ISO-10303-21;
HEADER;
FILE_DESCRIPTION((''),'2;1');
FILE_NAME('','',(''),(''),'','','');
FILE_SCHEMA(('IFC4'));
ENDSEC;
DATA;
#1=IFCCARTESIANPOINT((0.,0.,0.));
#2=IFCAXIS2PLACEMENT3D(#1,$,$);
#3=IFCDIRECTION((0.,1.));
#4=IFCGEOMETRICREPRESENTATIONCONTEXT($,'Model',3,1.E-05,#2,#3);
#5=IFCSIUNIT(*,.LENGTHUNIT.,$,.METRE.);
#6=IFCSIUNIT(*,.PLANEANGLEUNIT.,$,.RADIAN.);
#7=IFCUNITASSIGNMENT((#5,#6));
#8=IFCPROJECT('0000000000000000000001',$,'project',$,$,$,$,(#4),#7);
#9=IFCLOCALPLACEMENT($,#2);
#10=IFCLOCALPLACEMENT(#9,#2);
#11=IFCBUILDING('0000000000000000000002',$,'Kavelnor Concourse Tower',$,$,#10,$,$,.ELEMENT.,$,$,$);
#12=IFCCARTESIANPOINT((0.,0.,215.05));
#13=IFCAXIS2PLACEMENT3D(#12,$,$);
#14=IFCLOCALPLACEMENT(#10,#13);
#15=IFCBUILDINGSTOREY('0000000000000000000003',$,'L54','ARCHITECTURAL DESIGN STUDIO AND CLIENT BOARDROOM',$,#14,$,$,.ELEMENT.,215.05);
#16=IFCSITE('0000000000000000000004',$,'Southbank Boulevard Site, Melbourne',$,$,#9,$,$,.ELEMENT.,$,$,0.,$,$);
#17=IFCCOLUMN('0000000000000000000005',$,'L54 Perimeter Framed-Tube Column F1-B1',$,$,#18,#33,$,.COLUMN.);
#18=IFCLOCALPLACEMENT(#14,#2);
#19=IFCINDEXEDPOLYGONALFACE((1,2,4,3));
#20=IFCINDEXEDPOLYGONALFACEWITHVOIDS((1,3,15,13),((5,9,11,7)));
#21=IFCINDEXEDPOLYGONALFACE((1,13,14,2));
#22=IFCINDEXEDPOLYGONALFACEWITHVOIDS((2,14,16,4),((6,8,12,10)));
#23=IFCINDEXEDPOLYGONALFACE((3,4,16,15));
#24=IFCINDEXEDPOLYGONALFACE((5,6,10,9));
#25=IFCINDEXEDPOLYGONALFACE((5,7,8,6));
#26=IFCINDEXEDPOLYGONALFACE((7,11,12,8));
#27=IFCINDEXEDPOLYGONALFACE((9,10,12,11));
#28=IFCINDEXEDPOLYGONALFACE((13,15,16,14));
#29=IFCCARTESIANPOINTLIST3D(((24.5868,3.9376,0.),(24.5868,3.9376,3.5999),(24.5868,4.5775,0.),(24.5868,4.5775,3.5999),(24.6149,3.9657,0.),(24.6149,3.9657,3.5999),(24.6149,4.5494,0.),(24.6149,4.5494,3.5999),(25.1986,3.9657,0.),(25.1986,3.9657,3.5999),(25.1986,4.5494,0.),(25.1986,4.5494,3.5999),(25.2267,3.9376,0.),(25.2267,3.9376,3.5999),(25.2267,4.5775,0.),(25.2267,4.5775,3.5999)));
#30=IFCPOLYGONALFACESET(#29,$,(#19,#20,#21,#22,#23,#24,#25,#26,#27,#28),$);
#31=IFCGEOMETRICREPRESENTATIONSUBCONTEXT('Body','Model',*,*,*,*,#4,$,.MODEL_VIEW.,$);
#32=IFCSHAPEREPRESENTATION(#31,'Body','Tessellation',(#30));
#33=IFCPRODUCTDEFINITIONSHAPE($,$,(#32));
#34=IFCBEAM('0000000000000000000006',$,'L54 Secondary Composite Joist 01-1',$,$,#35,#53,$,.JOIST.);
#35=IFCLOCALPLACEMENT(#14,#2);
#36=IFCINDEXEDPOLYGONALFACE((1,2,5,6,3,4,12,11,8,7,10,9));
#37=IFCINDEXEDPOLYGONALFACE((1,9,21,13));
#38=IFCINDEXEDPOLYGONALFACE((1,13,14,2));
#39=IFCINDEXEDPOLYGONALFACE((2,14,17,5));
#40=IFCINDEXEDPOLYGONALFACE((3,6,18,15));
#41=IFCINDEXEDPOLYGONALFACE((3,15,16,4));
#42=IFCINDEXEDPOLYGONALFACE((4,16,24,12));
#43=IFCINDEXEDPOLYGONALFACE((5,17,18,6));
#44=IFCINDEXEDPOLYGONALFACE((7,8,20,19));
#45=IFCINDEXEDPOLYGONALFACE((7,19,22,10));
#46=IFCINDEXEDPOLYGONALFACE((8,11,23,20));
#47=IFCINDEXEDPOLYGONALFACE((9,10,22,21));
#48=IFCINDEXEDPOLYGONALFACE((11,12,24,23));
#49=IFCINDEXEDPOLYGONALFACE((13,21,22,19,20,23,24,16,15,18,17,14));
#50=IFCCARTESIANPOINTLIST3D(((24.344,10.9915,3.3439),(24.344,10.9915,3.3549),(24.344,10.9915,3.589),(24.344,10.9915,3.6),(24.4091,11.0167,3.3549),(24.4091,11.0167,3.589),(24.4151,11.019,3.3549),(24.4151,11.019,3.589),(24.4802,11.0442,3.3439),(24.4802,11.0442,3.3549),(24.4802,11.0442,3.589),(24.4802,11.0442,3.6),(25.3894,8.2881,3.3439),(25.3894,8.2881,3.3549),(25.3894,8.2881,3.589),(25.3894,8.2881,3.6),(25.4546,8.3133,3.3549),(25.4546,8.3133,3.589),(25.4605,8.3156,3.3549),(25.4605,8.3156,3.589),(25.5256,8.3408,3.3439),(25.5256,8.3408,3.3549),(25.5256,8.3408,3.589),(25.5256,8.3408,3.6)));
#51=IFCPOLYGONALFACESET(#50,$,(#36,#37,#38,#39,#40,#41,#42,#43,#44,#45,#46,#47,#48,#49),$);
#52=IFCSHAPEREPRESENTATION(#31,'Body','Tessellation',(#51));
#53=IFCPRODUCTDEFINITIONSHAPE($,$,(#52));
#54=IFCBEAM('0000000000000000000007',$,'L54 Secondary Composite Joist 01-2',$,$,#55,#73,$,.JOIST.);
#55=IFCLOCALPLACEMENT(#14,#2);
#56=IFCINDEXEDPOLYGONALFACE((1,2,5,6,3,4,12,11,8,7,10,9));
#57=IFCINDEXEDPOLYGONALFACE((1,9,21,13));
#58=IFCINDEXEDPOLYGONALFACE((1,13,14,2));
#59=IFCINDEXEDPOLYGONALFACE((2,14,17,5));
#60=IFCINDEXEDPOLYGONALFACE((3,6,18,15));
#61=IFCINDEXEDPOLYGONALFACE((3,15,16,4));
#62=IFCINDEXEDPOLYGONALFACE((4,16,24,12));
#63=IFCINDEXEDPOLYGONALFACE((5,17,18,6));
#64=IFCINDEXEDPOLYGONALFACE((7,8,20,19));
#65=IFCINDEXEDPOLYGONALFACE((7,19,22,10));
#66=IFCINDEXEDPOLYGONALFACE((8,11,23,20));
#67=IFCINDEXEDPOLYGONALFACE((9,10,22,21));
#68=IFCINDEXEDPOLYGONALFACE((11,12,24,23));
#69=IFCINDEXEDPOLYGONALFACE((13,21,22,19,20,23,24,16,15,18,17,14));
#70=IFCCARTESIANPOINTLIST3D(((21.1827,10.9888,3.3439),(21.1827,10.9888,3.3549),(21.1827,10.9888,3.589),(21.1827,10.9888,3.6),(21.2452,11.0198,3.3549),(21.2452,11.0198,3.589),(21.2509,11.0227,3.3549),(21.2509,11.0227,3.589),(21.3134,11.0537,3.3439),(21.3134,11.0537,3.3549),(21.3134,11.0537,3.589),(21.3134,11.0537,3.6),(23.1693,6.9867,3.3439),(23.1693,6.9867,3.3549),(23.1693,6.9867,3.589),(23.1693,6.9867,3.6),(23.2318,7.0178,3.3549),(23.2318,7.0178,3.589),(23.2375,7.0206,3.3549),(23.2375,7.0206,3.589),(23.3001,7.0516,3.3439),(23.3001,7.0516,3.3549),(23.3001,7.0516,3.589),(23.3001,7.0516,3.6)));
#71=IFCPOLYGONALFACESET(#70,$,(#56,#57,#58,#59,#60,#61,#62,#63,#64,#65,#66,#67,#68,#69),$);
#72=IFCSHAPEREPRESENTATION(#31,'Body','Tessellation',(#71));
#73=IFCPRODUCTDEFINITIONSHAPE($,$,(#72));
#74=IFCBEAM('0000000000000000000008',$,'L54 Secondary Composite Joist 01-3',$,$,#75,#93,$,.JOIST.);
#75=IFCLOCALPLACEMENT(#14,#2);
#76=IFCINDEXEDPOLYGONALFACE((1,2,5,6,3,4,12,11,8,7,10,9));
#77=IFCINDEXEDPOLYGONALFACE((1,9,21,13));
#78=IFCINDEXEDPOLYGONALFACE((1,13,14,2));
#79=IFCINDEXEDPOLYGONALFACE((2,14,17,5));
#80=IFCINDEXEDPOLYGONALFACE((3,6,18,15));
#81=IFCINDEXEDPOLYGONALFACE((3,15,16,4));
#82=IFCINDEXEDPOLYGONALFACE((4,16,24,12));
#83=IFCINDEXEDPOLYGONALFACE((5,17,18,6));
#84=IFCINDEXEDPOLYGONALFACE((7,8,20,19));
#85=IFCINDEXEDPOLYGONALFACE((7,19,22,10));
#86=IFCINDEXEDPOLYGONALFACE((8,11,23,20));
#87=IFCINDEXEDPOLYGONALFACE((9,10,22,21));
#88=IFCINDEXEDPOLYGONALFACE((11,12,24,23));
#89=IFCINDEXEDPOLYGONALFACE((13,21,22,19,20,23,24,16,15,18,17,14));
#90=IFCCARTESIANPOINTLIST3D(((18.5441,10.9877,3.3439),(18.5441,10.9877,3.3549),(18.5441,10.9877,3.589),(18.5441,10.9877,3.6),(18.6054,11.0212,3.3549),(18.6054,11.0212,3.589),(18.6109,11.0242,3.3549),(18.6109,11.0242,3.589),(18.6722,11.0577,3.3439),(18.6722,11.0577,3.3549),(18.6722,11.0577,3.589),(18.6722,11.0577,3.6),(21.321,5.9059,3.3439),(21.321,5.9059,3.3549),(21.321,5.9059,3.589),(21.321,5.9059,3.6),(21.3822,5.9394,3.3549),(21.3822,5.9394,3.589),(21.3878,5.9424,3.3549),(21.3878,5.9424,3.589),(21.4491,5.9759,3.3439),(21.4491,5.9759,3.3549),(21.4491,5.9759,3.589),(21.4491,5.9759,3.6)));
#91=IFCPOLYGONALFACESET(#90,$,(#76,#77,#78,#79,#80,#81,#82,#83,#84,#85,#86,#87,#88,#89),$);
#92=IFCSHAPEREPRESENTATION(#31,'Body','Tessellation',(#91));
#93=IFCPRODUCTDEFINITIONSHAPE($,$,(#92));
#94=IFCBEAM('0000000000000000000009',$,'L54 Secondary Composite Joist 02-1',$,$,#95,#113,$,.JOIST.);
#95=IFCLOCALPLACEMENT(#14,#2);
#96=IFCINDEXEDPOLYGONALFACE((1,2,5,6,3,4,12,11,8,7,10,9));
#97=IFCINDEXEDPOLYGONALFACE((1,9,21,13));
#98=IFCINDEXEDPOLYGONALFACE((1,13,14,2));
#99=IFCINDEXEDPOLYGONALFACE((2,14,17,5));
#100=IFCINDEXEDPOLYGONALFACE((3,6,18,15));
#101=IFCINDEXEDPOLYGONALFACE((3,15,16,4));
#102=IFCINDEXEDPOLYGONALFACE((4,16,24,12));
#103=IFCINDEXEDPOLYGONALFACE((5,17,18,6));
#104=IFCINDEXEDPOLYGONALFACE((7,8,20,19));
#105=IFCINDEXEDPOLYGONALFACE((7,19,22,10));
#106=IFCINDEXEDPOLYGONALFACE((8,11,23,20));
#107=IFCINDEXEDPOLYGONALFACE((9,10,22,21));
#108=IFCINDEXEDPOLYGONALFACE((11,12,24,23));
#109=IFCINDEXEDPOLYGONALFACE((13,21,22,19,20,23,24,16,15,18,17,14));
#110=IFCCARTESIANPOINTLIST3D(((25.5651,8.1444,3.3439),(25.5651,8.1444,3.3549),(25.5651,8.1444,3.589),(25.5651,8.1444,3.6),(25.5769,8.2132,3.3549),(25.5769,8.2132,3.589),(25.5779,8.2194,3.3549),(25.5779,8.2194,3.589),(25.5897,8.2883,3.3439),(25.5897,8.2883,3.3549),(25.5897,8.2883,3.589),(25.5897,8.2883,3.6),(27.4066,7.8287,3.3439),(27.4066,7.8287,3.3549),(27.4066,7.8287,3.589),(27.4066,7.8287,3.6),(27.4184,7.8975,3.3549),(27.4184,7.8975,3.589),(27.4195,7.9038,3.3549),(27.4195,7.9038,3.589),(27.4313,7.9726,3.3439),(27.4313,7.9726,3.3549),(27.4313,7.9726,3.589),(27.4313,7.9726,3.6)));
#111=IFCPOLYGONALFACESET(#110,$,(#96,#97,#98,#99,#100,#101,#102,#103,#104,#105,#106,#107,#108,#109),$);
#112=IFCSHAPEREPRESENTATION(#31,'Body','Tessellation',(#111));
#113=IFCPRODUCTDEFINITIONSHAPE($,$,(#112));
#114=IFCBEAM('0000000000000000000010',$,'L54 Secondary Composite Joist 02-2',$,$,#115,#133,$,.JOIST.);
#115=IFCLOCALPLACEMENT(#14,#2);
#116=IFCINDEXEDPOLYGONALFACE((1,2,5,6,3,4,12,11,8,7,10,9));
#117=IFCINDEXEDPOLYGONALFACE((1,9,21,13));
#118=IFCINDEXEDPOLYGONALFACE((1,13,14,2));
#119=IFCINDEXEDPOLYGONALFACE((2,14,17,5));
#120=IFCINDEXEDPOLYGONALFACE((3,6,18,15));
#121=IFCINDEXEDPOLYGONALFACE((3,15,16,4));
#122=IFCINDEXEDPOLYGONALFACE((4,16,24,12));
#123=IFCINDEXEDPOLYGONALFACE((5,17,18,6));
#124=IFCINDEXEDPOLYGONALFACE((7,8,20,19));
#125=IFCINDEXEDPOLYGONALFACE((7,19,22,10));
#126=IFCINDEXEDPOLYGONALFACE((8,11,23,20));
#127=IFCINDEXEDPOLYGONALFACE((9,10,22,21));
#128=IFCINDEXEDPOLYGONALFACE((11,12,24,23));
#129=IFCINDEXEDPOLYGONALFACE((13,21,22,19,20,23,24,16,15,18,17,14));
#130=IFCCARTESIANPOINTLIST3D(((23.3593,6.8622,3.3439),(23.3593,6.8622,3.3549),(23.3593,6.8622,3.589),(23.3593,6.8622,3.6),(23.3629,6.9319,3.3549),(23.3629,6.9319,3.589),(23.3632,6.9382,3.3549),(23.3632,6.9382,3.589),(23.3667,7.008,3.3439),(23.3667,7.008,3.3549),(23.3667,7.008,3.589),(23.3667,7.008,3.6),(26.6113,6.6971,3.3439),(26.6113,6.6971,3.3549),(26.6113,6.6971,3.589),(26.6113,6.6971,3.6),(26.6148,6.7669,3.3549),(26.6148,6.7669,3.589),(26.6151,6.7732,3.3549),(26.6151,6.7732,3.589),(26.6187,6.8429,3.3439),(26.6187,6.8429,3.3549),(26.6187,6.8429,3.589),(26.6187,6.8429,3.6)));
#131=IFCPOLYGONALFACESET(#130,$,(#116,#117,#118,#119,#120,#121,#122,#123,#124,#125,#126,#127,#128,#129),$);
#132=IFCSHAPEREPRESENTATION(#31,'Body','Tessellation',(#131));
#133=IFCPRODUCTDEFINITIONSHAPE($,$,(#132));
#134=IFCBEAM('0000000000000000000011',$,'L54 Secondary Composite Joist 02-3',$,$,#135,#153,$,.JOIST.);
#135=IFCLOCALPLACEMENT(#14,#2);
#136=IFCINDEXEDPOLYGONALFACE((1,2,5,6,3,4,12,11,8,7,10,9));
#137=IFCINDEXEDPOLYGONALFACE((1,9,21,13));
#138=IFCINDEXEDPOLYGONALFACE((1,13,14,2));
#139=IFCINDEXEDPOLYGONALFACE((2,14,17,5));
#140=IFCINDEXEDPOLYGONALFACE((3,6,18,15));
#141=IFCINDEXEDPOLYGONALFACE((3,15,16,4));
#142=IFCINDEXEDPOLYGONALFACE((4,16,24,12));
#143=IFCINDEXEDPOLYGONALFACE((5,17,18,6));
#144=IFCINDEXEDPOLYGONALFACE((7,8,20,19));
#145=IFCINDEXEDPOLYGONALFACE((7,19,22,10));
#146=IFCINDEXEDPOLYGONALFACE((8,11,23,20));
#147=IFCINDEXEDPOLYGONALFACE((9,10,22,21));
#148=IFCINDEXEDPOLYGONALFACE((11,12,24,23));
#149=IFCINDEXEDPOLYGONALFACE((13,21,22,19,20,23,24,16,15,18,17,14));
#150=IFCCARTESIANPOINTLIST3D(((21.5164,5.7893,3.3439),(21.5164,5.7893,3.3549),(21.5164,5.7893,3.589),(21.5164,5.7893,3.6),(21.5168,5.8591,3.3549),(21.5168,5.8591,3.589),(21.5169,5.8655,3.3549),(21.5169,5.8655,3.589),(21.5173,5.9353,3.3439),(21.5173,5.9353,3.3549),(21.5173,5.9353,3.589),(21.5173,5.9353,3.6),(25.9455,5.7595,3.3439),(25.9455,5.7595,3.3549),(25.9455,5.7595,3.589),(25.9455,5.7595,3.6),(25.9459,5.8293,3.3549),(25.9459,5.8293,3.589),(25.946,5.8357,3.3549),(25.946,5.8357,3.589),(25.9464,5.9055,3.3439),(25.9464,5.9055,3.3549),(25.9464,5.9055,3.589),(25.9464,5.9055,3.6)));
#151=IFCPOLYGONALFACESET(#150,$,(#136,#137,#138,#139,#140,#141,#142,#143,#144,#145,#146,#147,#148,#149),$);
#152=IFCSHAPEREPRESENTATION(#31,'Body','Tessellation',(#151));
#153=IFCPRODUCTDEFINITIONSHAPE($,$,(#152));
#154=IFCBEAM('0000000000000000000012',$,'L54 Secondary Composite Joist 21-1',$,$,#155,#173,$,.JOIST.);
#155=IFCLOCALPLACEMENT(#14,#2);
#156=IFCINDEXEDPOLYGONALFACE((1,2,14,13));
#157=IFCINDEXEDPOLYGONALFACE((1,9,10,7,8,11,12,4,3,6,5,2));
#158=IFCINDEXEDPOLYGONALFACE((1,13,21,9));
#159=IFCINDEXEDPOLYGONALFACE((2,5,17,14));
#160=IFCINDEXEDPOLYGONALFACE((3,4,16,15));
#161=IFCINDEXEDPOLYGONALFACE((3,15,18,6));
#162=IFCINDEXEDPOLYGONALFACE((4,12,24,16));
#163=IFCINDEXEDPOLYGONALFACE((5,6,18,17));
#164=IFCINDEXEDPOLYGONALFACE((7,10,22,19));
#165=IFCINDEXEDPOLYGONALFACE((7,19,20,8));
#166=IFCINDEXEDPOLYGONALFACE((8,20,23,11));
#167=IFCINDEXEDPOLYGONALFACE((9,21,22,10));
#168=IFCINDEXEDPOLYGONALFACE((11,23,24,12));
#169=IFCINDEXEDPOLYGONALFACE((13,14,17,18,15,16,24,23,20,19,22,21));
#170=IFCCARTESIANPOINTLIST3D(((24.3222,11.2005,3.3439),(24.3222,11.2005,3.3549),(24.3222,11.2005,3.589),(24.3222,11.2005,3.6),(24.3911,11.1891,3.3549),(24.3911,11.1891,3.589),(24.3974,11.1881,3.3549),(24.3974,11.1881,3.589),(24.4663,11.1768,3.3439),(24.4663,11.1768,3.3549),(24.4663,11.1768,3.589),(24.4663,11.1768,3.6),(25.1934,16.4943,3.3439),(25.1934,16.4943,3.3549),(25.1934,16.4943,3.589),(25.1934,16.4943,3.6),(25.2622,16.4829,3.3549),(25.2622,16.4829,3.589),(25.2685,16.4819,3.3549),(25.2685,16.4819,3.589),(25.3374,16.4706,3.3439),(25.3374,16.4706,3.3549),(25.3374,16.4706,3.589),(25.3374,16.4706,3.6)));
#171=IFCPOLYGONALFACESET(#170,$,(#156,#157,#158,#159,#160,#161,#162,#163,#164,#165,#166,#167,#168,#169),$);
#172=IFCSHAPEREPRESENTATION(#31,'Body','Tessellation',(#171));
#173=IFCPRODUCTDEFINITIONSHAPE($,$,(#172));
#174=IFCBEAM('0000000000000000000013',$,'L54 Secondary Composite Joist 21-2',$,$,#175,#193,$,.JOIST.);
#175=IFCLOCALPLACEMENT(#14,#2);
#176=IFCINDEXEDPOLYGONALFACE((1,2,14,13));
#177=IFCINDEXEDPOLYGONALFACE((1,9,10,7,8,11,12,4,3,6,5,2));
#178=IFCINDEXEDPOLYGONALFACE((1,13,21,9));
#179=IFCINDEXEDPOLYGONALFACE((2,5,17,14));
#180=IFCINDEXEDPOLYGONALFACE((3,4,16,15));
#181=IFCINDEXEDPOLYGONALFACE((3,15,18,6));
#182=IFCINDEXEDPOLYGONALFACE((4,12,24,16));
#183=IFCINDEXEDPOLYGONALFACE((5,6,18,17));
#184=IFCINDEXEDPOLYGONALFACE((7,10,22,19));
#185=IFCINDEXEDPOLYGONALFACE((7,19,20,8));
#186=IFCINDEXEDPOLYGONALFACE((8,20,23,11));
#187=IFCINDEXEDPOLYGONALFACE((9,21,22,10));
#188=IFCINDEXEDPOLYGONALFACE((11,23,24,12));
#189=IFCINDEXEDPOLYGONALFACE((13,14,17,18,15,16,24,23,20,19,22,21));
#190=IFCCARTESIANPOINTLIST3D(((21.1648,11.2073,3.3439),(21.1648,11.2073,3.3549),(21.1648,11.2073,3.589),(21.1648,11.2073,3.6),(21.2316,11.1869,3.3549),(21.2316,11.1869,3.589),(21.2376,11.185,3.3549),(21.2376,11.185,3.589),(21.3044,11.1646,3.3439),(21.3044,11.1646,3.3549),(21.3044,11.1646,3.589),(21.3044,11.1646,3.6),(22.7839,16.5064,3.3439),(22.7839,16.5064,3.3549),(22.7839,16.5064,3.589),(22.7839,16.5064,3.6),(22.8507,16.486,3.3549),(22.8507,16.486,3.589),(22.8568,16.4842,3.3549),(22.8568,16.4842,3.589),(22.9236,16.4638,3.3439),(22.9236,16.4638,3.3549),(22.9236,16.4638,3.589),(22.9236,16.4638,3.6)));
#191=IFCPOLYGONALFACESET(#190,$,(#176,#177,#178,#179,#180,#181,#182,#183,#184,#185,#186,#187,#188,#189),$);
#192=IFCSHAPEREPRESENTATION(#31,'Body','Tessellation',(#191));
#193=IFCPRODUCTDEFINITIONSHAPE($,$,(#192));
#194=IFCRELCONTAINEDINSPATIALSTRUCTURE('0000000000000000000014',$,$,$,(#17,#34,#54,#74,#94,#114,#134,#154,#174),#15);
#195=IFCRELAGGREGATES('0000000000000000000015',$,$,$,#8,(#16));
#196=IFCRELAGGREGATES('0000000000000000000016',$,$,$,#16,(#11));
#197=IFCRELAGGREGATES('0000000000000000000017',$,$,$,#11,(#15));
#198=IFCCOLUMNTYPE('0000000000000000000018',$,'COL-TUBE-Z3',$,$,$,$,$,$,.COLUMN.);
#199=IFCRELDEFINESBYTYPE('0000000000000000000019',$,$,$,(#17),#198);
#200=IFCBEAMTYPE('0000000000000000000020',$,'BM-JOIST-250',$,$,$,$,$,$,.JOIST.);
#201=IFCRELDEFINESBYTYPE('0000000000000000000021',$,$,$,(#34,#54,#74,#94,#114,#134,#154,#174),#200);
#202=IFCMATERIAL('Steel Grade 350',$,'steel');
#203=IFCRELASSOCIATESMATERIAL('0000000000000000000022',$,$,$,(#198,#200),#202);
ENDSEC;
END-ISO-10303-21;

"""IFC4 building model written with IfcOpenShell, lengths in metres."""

from ifc_helpers import new_model, si_unit, direction, frame, origin, origin_2d, place, context, subcontext, project, spatial, hollow_rectangle, i_section, extrude, material, material_profile, profile_set, type_object, element, save


model = new_model("IFC4")

# Units and contexts
model_context = context("Model", 3, precision=1e-05, world=origin(), true_north=direction((0.0, 1.0)))
body_context = subcontext(model_context, "Body", "Model", "MODEL_VIEW")
ifc_project = project(units=[si_unit("LENGTHUNIT", "METRE"), si_unit("PLANEANGLEUNIT", "RADIAN")], contexts=[model_context])

# Site, building, storey
site_placement = place(None, origin())
site = spatial("IfcSite", under=ifc_project, at=site_placement, Name="Southbank Boulevard Site, Melbourne", CompositionType="ELEMENT", RefElevation=0.0)
building_placement = place(site_placement, origin())
building = spatial("IfcBuilding", under=site, at=building_placement, Name="Kavelnor Concourse Tower", CompositionType="ELEMENT")
storey_placement = place(building_placement, frame((0.0, 0.0, 215.05)))
storey = spatial("IfcBuildingStorey", under=building, at=storey_placement, Name="L54", Description="ARCHITECTURAL DESIGN STUDIO AND CLIENT BOARDROOM", CompositionType="ELEMENT", Elevation=215.05)

# Column
ifc_material_1 = material(Name="Steel Grade 350", Category="steel")
ifc_material_profile_1 = material_profile(ifc_material_1, hollow_rectangle(XDim=0.6399, YDim=0.6399, WallThickness=0.0281, at=origin_2d()), Name="SHS 640x640x28")
ifc_profile_set_1 = profile_set([ifc_material_profile_1], Name="Steel Grade 350")
column_type = type_object("IfcColumnType", Name="COL-TUBE-Z3", PredefinedType="COLUMN", material=ifc_profile_set_1)
column_placement = place(storey_placement, frame((24.9067, 4.2576, 0.0), z_axis=(0.0, 0.0, 1.0), x_axis=(1.0, 0.0, 0.0)))
element("IfcColumn", 1, at=column_placement, inside=storey, type_object=column_type, Name="L54 Perimeter Framed-Tube Column F1-B1", PredefinedType="COLUMN", context=body_context, shape_type="SweptSolid", body=[
    extrude(hollow_rectangle(XDim=0.6399, YDim=0.6399, WallThickness=0.0281, at=origin_2d()), origin(), (0.0, 0.0, 1.0), 3.5999),
])

# Beams
ifc_material_profile_2 = material_profile(ifc_material_1, i_section(OverallWidth=0.146, OverallDepth=0.2561, WebThickness=0.0063, FlangeThickness=0.011, at=origin_2d()), Name="250UB37")
ifc_profile_set_2 = profile_set([ifc_material_profile_2], Name="Steel Grade 350")
beam_type_1 = type_object("IfcBeamType", Name="BM-JOIST-250", PredefinedType="JOIST", material=ifc_profile_set_2)
beam_1_placement = place(storey_placement, frame((24.4121, 11.0178, 3.4719), z_axis=(0.360677, -0.932691, 0.0), x_axis=(0.932691, 0.360677, 0.0)))
element("IfcBeam", 2, at=beam_1_placement, inside=storey, type_object=beam_type_1, Name="L54 Secondary Composite Joist 01-1", PredefinedType="JOIST", context=body_context, shape_type="SweptSolid", body=[
    extrude(i_section(OverallWidth=0.146, OverallDepth=0.2561, WebThickness=0.0063, FlangeThickness=0.011, at=origin_2d()), origin(), (0.0, 0.0, 1.0), 2.8984),
])
beam_2_placement = place(storey_placement, frame((21.248, 11.0212, 3.4719), z_axis=(0.444633, -0.895713, 0.0), x_axis=(0.895713, 0.444633, 0.0)))
element("IfcBeam", 3, at=beam_2_placement, inside=storey, type_object=beam_type_1, Name="L54 Secondary Composite Joist 01-2", PredefinedType="JOIST", context=body_context, shape_type="SweptSolid", body=[
    extrude(i_section(OverallWidth=0.146, OverallDepth=0.2561, WebThickness=0.0063, FlangeThickness=0.011, at=origin_2d()), origin(), (0.0, 0.0, 1.0), 4.468),
])
beam_3_placement = place(storey_placement, frame((18.6082, 11.0227, 3.4719), z_axis=(0.479514, -0.877534, 0.0), x_axis=(0.877534, 0.479514, 0.0)))
element("IfcBeam", 4, at=beam_3_placement, inside=storey, type_object=beam_type_1, Name="L54 Secondary Composite Joist 01-3", PredefinedType="JOIST", context=body_context, shape_type="SweptSolid", body=[
    extrude(i_section(OverallWidth=0.146, OverallDepth=0.2561, WebThickness=0.0063, FlangeThickness=0.011, at=origin_2d()), origin(), (0.0, 0.0, 1.0), 5.791),
])
beam_4_placement = place(storey_placement, frame((25.5774, 8.2163, 3.4719), z_axis=(0.985624, -0.168953, 0.0), x_axis=(0.168953, 0.985624, 0.0)))
element("IfcBeam", 5, at=beam_4_placement, inside=storey, type_object=beam_type_1, Name="L54 Secondary Composite Joist 02-1", PredefinedType="JOIST", context=body_context, shape_type="SweptSolid", body=[
    extrude(i_section(OverallWidth=0.146, OverallDepth=0.2561, WebThickness=0.0063, FlangeThickness=0.011, at=origin_2d()), origin(), (0.0, 0.0, 1.0), 1.8684),
])
beam_5_placement = place(storey_placement, frame((23.363, 6.9351, 3.4719), z_axis=(0.998715, -0.050686, 0.0), x_axis=(0.050686, 0.998715, 0.0)))
element("IfcBeam", 6, at=beam_5_placement, inside=storey, type_object=beam_type_1, Name="L54 Secondary Composite Joist 02-2", PredefinedType="JOIST", context=body_context, shape_type="SweptSolid", body=[
    extrude(i_section(OverallWidth=0.146, OverallDepth=0.2561, WebThickness=0.0063, FlangeThickness=0.011, at=origin_2d()), origin(), (0.0, 0.0, 1.0), 3.2561),
])
beam_6_placement = place(storey_placement, frame((21.5168, 5.8623, 3.4719), z_axis=(0.999977, -0.006725, 0.0), x_axis=(0.006725, 0.999977, 0.0)))
element("IfcBeam", 7, at=beam_6_placement, inside=storey, type_object=beam_type_1, Name="L54 Secondary Composite Joist 02-3", PredefinedType="JOIST", context=body_context, shape_type="SweptSolid", body=[
    extrude(i_section(OverallWidth=0.146, OverallDepth=0.2561, WebThickness=0.0063, FlangeThickness=0.011, at=origin_2d()), origin(), (0.0, 0.0, 1.0), 4.4292),
])
beam_7_placement = place(storey_placement, frame((25.2654, 16.4824, 3.4719), z_axis=(-0.162369, -0.98673, 0.0), x_axis=(0.98673, -0.162369, 0.0)))
element("IfcBeam", 8, at=beam_7_placement, inside=storey, type_object=beam_type_1, Name="L54 Secondary Composite Joist 21-1", PredefinedType="JOIST", context=body_context, shape_type="SweptSolid", body=[
    extrude(i_section(OverallWidth=0.146, OverallDepth=0.2561, WebThickness=0.0063, FlangeThickness=0.011, at=origin_2d()), origin(), (0.0, 0.0, 1.0), 5.365),
])
beam_8_placement = place(storey_placement, frame((22.8538, 16.4851, 3.4719), z_axis=(-0.292215, -0.956353, 0.0), x_axis=(0.956353, -0.292215, 0.0)))
element("IfcBeam", 9, at=beam_8_placement, inside=storey, type_object=beam_type_1, Name="L54 Secondary Composite Joist 21-2", PredefinedType="JOIST", context=body_context, shape_type="SweptSolid", body=[
    extrude(i_section(OverallWidth=0.146, OverallDepth=0.2561, WebThickness=0.0063, FlangeThickness=0.011, at=origin_2d()), origin(), (0.0, 0.0, 1.0), 5.541),
])

save(model, "model.ifc")
